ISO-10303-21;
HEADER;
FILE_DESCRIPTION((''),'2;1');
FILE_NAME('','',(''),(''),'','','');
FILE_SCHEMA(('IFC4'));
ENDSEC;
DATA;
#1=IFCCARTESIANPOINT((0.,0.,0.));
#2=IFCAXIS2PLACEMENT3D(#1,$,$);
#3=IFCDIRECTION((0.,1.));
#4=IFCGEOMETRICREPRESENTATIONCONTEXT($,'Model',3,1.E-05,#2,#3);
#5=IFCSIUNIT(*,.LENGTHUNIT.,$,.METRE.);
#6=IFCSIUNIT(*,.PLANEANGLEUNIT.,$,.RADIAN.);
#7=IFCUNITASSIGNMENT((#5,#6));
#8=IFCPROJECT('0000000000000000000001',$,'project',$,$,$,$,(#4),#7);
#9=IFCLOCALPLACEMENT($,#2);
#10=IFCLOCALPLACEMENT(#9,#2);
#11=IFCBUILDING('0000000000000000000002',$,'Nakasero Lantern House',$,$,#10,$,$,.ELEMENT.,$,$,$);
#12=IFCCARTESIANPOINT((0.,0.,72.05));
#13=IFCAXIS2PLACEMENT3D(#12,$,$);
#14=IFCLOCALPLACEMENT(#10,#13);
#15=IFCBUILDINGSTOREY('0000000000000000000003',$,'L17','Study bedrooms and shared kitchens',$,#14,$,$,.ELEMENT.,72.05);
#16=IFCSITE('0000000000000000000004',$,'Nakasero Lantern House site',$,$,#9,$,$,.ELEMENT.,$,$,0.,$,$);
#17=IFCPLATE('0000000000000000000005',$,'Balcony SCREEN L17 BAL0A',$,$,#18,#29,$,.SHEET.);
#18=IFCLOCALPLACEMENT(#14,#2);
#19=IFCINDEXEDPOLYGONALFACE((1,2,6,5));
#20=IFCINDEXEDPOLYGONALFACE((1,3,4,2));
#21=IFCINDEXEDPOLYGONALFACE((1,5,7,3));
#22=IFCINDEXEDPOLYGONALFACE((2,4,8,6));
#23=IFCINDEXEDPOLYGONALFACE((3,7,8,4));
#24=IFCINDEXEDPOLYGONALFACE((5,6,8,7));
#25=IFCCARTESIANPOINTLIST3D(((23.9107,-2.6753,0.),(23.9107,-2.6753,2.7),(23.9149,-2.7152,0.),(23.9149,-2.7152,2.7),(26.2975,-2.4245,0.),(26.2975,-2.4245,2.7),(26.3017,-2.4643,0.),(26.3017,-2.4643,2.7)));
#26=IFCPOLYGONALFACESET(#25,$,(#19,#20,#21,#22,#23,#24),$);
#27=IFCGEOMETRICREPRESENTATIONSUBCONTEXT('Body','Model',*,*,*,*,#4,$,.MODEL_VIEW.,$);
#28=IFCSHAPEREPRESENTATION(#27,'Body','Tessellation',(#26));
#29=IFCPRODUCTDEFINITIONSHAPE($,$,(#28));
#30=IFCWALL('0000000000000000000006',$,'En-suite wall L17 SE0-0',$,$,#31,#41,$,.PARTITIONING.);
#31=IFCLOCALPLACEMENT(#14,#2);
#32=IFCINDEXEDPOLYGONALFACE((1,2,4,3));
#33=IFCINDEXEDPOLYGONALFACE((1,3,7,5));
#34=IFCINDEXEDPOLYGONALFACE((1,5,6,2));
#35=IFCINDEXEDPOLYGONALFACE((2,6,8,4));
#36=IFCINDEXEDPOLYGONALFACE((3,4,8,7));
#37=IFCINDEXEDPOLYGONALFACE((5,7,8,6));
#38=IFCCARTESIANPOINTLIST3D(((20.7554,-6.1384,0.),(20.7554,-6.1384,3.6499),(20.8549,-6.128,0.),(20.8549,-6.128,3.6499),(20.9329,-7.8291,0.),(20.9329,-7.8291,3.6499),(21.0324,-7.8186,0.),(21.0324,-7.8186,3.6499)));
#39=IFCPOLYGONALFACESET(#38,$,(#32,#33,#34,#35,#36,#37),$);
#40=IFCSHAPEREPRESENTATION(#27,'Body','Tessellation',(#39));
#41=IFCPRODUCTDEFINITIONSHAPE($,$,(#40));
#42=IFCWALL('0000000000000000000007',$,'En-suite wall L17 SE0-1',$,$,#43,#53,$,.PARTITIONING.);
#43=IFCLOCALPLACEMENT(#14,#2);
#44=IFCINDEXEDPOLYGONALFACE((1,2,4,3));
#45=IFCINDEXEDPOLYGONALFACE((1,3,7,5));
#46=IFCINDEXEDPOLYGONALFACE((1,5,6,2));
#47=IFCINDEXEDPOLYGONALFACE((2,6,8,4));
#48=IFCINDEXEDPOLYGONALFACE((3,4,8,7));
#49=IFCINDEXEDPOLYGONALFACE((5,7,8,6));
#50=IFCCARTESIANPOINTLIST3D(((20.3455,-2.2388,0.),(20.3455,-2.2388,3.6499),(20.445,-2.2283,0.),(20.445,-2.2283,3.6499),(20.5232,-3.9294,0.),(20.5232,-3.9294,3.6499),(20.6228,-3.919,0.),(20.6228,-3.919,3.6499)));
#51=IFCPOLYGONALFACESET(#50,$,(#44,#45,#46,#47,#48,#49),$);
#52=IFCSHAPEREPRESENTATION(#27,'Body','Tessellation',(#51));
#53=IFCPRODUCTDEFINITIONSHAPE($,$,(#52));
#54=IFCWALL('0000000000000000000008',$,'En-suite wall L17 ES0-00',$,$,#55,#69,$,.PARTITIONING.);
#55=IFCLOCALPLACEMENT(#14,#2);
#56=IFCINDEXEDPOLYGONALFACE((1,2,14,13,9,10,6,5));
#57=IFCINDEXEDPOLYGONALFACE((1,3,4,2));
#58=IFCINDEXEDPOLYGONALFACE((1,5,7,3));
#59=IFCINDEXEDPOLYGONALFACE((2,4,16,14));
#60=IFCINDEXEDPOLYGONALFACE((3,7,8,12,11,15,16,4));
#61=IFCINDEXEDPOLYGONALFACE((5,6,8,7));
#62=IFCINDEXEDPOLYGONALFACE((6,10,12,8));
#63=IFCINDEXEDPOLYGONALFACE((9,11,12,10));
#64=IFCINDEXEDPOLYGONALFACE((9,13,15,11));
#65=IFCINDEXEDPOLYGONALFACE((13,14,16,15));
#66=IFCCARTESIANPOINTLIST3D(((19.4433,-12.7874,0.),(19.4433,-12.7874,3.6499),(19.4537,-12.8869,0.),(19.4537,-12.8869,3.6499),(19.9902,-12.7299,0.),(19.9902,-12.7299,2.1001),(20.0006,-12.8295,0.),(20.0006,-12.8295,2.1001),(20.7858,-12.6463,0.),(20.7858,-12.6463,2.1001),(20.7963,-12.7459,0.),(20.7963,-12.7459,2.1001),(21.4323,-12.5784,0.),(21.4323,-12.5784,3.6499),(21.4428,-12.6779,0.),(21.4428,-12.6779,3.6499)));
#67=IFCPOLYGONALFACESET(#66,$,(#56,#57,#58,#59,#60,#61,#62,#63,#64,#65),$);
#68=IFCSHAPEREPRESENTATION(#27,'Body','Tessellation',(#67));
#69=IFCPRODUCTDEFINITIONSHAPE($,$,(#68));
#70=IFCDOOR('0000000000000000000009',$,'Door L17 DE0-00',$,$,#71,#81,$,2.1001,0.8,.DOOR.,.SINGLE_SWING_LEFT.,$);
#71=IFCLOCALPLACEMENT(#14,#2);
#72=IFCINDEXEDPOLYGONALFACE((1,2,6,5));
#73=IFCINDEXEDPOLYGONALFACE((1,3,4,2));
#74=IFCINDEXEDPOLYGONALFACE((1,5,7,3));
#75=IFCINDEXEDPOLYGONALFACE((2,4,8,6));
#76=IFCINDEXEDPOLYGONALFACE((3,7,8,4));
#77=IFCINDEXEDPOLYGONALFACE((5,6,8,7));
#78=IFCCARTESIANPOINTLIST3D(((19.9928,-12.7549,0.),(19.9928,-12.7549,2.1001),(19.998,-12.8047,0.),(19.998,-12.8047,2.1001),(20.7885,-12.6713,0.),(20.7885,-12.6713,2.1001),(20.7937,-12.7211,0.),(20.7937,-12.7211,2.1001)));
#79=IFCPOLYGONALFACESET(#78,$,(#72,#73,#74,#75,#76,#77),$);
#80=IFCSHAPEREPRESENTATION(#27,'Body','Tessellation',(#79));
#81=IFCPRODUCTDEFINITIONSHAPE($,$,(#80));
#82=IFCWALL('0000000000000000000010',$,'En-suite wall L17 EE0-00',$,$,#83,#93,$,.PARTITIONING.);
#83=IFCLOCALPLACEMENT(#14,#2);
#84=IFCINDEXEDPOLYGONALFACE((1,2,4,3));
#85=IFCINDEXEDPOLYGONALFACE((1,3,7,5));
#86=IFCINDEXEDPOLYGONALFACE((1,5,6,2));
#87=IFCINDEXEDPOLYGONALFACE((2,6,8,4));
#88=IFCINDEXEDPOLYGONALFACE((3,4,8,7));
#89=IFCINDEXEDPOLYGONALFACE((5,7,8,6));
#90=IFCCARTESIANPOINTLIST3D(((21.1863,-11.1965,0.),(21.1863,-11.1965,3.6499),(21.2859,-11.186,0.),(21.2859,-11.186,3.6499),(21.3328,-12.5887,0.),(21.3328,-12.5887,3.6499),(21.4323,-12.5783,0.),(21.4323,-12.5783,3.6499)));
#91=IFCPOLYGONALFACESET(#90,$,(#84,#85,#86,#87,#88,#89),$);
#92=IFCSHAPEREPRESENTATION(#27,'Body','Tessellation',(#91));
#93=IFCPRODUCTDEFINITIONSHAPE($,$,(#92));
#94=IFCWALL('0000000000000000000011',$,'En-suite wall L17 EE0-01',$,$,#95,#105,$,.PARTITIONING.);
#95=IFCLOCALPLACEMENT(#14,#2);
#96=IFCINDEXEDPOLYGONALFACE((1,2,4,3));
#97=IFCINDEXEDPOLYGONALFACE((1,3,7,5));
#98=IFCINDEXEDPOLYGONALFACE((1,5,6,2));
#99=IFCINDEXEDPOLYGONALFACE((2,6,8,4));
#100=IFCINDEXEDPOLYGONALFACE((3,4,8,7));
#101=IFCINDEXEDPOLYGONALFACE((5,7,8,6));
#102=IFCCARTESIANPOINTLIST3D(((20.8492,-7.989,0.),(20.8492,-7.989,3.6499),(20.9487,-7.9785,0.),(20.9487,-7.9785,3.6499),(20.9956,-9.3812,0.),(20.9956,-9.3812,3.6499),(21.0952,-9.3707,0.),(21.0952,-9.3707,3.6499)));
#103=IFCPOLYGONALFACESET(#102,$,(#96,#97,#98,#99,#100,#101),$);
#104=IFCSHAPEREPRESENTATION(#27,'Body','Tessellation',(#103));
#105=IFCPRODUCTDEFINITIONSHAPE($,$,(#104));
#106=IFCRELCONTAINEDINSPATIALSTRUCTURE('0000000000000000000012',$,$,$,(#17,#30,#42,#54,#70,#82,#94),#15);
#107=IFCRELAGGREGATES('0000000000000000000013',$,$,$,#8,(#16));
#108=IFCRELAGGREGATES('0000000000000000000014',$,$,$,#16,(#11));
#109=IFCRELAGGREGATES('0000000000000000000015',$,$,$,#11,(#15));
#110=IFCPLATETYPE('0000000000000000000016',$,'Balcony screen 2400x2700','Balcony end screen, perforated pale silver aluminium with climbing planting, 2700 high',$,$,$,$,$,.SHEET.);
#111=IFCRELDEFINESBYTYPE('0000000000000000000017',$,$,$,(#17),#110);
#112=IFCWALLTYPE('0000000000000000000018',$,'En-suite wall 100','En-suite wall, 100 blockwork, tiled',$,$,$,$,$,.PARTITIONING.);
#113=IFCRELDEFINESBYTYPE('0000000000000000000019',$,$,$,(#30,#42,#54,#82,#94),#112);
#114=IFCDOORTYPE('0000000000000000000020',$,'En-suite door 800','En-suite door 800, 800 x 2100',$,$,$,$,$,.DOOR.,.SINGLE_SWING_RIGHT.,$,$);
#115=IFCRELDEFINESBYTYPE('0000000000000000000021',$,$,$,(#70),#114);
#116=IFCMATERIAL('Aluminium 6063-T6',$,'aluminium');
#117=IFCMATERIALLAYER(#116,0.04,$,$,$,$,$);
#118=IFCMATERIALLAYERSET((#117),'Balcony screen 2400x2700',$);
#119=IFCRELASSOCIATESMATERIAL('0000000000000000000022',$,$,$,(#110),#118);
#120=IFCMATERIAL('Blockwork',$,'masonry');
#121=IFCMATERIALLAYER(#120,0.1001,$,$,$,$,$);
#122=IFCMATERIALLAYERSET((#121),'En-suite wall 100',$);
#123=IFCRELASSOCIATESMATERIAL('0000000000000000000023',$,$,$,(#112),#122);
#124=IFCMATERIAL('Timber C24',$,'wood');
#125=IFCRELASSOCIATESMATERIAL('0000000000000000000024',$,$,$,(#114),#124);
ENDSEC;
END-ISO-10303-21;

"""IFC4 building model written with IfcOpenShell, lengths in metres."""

from ifc_helpers import new_model, si_unit, direction, frame, frame_2d, origin, origin_2d, place, context, subcontext, project, spatial, rectangle, extrude, material, layer, layer_set, type_object, element, fill, save


model = new_model("IFC4")

# Units and contexts
model_context = context("Model", 3, precision=1e-05, world=origin(), true_north=direction((0.0, 1.0)))
body_context = subcontext(model_context, "Body", "Model", "MODEL_VIEW")
ifc_project = project(units=[si_unit("LENGTHUNIT", "METRE"), si_unit("PLANEANGLEUNIT", "RADIAN")], contexts=[model_context])

# Site, building, storey
site_placement = place(None, origin())
site = spatial("IfcSite", under=ifc_project, at=site_placement, Name="Nakasero Lantern House site", CompositionType="ELEMENT", RefElevation=0.0)
building_placement = place(site_placement, origin())
building = spatial("IfcBuilding", under=site, at=building_placement, Name="Nakasero Lantern House", CompositionType="ELEMENT")
storey_placement = place(building_placement, frame((0.0, 0.0, 72.05)))
storey = spatial("IfcBuildingStorey", under=building, at=storey_placement, Name="L17", Description="Study bedrooms and shared kitchens", CompositionType="ELEMENT", Elevation=72.05)

# Plate
ifc_material_1 = material(Name="Aluminium 6063-T6", Category="aluminium")
ifc_layer_1 = layer(ifc_material_1, 0.04)
ifc_layer_set_1 = layer_set([ifc_layer_1], Name="Balcony screen 2400x2700")
plate_type_1 = type_object("IfcPlateType", Name="Balcony screen 2400x2700", Description="Balcony end screen, perforated pale silver aluminium with climbing planting, 2700 high", PredefinedType="SHEET", material=ifc_layer_set_1)
plate_1_placement = place(storey_placement, frame((25.1062, -2.5698, 0.0), z_axis=(0.0, 0.0, 1.0), x_axis=(0.994522, 0.104528, 0.0)))
element("IfcPlate", 1, at=plate_1_placement, inside=storey, type_object=plate_type_1, Name="Balcony SCREEN L17 BAL0A", PredefinedType="SHEET", context=body_context, shape_type="SweptSolid", body=[
    extrude(rectangle(XDim=2.3999, YDim=0.04, at=origin_2d()), origin(), (0.0, 0.0, 1.0), 2.7),
])

# Walls
ifc_material_2 = material(Name="Blockwork", Category="masonry")
ifc_layer_2 = layer(ifc_material_2, 0.1001)
ifc_layer_set_2 = layer_set([ifc_layer_2], Name="En-suite wall 100")
wall_type_1 = type_object("IfcWallType", Name="En-suite wall 100", Description="En-suite wall, 100 blockwork, tiled", PredefinedType="PARTITIONING", material=ifc_layer_set_2)
for number, where, z_axis, x_axis, name in (
    (2, (20.9827, -7.824, 0.0), (0.0, 0.0, 1.0), (-0.104408, 0.994535, 0.0), "En-suite wall L17 SE0-0"),
    (3, (20.573, -3.9243, 0.0), (0.0, 0.0, 1.0), (-0.10455, 0.99452, 0.0), "En-suite wall L17 SE0-1"),
):
    element("IfcWall", number, at=place(storey_placement, frame(where, z_axis=z_axis, x_axis=x_axis)), inside=storey, type_object=wall_type_1, Name=name, PredefinedType="PARTITIONING", context=body_context, shape_type="SweptSolid", body=[
        extrude(rectangle(XDim=1.7, YDim=0.1001, at=frame_2d((0.8501, 0.0))), origin(), (0.0, 0.0, 1.0), 3.6499),
    ])

# Wall, opening, door
wall_1_placement = place(storey_placement, frame((19.4485, -12.8372, 0.0), z_axis=(0.0, 0.0, 1.0), x_axis=(0.994526, 0.104494, 0.0)))
wall_1 = element("IfcWall", 4, at=wall_1_placement, inside=storey, type_object=wall_type_1, Name="En-suite wall L17 ES0-00", PredefinedType="PARTITIONING", context=body_context, shape_type="SweptSolid", body=[
    extrude(rectangle(XDim=2.0, YDim=0.1001, at=frame_2d((1.0, 0.0))), origin(), (0.0, 0.0, 1.0), 3.6499),
])
opening_1_placement = place(wall_1_placement, frame((0.55, 0.0, 0.0)))
opening_1 = element("IfcOpeningElement", 5, at=opening_1_placement, cuts=wall_1, PredefinedType="OPENING", context=body_context, shape_type="SweptSolid", body=[
    extrude(rectangle(XDim=0.8, YDim=2.1001, at=frame_2d((0.3999, 1.05))), frame((0.0, 0.0701, 0.0), z_axis=(0.0, -1.0, 0.0), x_axis=(1.0, 0.0, 0.0)), (0.0, 0.0, 1.0), 0.1401),
])
ifc_material_3 = material(Name="Timber C24", Category="wood")
door_type_1 = type_object("IfcDoorType", Name="En-suite door 800", Description="En-suite door 800, 800 x 2100", OperationType="SINGLE_SWING_RIGHT", PredefinedType="DOOR", material=ifc_material_3)
door_1_placement = place(opening_1_placement, origin())
door_1 = element("IfcDoor", 6, at=door_1_placement, inside=storey, type_object=door_type_1, Name="Door L17 DE0-00", OperationType="SINGLE_SWING_LEFT", OverallHeight=2.1001, OverallWidth=0.8, PredefinedType="DOOR", context=body_context, shape_type="SweptSolid", body=[
    extrude(rectangle(XDim=0.8, YDim=2.1001, at=frame_2d((0.3999, 1.05))), frame((0.0, 0.0249, 0.0), z_axis=(0.0, -1.0, 0.0), x_axis=(1.0, 0.0, 0.0)), (0.0, 0.0, 1.0), 0.05),
])
fill(opening_1, door_1)

# Walls
for number, where, z_axis, x_axis, name in (
    (7, (21.3826, -12.5835, 0.0), (0.0, 0.0, 1.0), (-0.10463, 0.994511, 0.0), "En-suite wall L17 EE0-00"),
    (8, (21.0454, -9.376, 0.0), (0.0, 0.0, 1.0), (-0.10463, 0.994511, 0.0), "En-suite wall L17 EE0-01"),
):
    element("IfcWall", number, at=place(storey_placement, frame(where, z_axis=z_axis, x_axis=x_axis)), inside=storey, type_object=wall_type_1, Name=name, PredefinedType="PARTITIONING", context=body_context, shape_type="SweptSolid", body=[
        extrude(rectangle(XDim=1.3999, YDim=0.1001, at=frame_2d((0.7, 0.0))), origin(), (0.0, 0.0, 1.0), 3.6499),
    ])

save(model, "model.ifc")
